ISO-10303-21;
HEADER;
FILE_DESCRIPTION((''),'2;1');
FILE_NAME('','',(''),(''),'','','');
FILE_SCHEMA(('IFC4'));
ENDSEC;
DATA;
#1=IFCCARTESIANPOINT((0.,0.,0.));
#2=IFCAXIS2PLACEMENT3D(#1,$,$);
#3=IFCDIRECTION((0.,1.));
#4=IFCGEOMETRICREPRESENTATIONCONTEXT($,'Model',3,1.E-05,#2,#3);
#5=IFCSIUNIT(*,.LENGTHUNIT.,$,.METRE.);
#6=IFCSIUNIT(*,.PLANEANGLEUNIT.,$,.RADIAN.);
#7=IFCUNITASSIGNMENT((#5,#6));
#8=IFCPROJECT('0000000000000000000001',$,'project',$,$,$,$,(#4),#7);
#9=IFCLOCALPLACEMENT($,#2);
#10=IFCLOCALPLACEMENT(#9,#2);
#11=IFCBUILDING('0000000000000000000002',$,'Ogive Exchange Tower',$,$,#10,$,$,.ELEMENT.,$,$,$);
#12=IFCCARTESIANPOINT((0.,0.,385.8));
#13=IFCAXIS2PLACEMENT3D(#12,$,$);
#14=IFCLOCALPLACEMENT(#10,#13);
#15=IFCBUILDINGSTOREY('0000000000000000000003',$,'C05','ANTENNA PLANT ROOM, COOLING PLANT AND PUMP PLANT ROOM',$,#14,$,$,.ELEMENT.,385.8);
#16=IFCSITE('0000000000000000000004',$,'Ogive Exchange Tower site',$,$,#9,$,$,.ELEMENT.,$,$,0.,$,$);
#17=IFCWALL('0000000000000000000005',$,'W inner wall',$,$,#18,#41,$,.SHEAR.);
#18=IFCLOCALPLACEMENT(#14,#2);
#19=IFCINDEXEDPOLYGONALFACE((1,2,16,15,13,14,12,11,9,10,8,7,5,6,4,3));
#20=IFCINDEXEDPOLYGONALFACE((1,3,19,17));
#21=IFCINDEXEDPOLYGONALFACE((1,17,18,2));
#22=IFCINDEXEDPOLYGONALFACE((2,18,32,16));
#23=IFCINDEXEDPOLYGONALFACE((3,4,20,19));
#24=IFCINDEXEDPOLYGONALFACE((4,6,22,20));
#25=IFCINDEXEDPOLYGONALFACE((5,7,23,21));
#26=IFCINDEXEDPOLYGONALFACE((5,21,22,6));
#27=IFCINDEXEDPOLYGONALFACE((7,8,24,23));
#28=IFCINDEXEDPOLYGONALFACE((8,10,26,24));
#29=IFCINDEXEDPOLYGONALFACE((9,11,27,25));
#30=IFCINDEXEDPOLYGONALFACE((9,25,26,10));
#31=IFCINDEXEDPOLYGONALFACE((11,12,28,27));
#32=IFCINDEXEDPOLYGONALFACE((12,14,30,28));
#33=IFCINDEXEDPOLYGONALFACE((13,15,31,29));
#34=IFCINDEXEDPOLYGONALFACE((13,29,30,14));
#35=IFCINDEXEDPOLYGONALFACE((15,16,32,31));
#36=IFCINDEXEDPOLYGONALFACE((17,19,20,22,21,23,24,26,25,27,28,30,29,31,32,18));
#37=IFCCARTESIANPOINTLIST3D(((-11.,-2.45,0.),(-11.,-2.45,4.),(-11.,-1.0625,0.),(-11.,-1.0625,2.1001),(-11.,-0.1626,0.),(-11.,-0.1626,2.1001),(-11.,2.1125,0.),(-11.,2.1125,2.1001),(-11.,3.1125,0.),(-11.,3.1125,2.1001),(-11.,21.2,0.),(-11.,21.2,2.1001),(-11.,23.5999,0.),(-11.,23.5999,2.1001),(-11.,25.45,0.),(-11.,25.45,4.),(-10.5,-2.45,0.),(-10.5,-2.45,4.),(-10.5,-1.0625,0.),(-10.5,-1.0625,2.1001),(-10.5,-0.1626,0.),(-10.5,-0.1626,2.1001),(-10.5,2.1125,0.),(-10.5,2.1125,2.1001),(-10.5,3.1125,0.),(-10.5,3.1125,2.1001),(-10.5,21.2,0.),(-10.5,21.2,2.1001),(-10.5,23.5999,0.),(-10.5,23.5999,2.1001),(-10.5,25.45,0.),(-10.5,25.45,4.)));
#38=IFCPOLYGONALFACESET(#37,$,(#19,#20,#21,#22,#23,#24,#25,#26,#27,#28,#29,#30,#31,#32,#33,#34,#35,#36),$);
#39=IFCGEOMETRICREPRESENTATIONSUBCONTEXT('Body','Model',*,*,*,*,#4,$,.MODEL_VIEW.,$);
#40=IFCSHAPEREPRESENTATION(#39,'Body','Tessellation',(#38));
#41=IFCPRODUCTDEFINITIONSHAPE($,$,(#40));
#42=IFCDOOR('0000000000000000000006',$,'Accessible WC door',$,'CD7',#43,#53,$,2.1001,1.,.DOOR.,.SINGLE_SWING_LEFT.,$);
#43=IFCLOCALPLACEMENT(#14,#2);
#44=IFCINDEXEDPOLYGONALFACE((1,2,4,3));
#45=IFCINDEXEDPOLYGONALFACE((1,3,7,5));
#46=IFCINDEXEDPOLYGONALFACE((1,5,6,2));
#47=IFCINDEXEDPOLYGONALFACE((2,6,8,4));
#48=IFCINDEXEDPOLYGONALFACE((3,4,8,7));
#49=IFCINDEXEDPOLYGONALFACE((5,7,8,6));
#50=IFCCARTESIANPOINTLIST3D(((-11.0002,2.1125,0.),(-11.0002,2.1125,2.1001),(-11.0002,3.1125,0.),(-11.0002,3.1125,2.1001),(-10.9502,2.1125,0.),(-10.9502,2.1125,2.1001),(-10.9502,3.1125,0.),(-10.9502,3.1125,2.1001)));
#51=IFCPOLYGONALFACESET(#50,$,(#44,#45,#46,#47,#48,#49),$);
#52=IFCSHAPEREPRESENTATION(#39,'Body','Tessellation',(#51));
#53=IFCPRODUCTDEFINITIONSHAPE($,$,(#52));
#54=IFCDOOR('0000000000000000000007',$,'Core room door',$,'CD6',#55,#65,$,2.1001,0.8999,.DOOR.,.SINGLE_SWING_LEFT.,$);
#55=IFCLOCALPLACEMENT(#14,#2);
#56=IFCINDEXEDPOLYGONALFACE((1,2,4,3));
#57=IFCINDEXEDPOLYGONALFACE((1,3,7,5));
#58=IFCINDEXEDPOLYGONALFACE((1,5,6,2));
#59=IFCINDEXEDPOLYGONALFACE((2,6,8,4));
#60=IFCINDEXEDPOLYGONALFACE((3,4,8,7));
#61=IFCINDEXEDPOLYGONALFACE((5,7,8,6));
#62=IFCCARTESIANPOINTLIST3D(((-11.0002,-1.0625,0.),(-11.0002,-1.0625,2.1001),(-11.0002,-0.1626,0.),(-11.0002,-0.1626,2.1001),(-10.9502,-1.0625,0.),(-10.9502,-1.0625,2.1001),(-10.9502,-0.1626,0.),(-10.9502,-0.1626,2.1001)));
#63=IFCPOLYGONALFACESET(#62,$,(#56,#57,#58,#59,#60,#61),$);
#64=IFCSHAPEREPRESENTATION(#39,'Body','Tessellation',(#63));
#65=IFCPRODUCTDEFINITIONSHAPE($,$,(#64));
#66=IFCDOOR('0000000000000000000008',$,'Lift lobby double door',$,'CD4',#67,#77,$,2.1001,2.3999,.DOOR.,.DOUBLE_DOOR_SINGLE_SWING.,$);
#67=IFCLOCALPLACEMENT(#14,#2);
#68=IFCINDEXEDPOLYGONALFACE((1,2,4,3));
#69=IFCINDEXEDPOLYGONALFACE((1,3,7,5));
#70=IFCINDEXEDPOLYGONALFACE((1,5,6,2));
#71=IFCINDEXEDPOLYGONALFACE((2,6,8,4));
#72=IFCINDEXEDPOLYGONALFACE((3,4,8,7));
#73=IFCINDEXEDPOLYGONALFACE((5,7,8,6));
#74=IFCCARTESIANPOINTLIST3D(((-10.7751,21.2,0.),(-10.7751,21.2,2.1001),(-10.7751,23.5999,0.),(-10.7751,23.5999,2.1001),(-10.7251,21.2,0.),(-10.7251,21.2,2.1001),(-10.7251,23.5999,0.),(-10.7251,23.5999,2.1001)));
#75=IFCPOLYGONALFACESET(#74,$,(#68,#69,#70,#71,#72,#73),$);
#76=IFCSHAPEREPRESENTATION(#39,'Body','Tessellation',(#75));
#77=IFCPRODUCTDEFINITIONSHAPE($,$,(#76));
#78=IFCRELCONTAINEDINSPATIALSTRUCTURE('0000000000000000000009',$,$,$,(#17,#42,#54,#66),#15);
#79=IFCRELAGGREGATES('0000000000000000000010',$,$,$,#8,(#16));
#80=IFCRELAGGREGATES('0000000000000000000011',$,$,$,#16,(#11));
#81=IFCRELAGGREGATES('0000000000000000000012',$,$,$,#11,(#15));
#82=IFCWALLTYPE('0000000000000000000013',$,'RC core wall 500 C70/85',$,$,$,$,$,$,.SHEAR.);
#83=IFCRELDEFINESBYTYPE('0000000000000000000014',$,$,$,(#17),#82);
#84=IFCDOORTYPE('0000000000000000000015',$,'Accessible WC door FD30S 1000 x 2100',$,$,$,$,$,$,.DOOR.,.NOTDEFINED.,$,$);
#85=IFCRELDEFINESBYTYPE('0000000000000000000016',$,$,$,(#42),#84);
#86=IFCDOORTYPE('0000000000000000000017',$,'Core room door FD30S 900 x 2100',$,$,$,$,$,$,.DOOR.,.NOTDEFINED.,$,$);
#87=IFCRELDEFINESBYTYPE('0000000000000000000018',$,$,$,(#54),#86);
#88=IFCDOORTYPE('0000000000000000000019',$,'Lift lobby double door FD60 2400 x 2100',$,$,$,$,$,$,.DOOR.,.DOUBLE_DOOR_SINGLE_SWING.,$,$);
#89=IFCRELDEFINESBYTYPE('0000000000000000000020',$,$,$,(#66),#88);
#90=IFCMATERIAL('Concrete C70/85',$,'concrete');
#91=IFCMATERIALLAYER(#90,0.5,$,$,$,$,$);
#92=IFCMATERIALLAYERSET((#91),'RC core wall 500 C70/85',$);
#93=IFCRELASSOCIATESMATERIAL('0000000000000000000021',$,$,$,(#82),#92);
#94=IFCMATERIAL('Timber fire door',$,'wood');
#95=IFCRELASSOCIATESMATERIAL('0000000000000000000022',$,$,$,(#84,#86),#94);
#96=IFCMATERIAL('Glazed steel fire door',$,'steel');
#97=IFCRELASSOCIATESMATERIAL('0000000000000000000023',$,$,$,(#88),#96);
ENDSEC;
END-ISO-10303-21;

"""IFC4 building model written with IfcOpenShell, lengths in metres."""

from ifc_helpers import new_model, si_unit, direction, frame, frame_2d, origin, place, context, subcontext, project, spatial, rectangle, extrude, material, layer, layer_set, type_object, element, fill, save


model = new_model("IFC4")

# Units and contexts
model_context = context("Model", 3, precision=1e-05, world=origin(), true_north=direction((0.0, 1.0)))
body_context = subcontext(model_context, "Body", "Model", "MODEL_VIEW")
ifc_project = project(units=[si_unit("LENGTHUNIT", "METRE"), si_unit("PLANEANGLEUNIT", "RADIAN")], contexts=[model_context])

# Site, building, storey
site_placement = place(None, origin())
site = spatial("IfcSite", under=ifc_project, at=site_placement, Name="Ogive Exchange Tower site", CompositionType="ELEMENT", RefElevation=0.0)
building_placement = place(site_placement, origin())
building = spatial("IfcBuilding", under=site, at=building_placement, Name="Ogive Exchange Tower", CompositionType="ELEMENT")
storey_placement = place(building_placement, frame((0.0, 0.0, 385.8)))
storey = spatial("IfcBuildingStorey", under=building, at=storey_placement, Name="C05", Description="ANTENNA PLANT ROOM, COOLING PLANT AND PUMP PLANT ROOM", CompositionType="ELEMENT", Elevation=385.8)

# Wall, openings, doors
ifc_material_1 = material(Name="Concrete C70/85", Category="concrete")
ifc_layer_1 = layer(ifc_material_1, 0.5)
ifc_layer_set_1 = layer_set([ifc_layer_1], Name="RC core wall 500 C70/85")
wall_type_1 = type_object("IfcWallType", Name="RC core wall 500 C70/85", PredefinedType="SHEAR", material=ifc_layer_set_1)
wall_1_placement = place(storey_placement, frame((-10.75, -2.45, 0.0), z_axis=(0.0, 0.0, 1.0), x_axis=(0.0, 1.0, 0.0)))
wall_1 = element("IfcWall", 1, at=wall_1_placement, inside=storey, type_object=wall_type_1, Name="W inner wall", PredefinedType="SHEAR", context=body_context, shape_type="SweptSolid", body=[
    extrude(rectangle(XDim=27.8999, YDim=0.5, at=frame_2d((13.95, 0.0))), origin(), (0.0, 0.0, 1.0), 4.0),
])
opening_1_placement = place(wall_1_placement, frame((23.6499, 0.0, 0.0)))
opening_1 = element("IfcOpeningElement", 2, at=opening_1_placement, cuts=wall_1, PredefinedType="OPENING", context=body_context, shape_type="SweptSolid", body=[
    extrude(rectangle(XDim=2.3999, YDim=2.1001, at=frame_2d((1.2, 1.05))), frame((0.0, 0.26, 0.0), z_axis=(0.0, -1.0, 0.0), x_axis=(1.0, 0.0, 0.0)), (0.0, 0.0, 1.0), 0.52),
])
opening_2_placement = place(wall_1_placement, frame((1.3875, 0.0, 0.0)))
opening_2 = element("IfcOpeningElement", 3, at=opening_2_placement, cuts=wall_1, PredefinedType="OPENING", context=body_context, shape_type="SweptSolid", body=[
    extrude(rectangle(XDim=0.8999, YDim=2.1001, at=frame_2d((0.45, 1.05))), frame((0.0, 0.26, 0.0), z_axis=(0.0, -1.0, 0.0), x_axis=(1.0, 0.0, 0.0)), (0.0, 0.0, 1.0), 0.52),
])
opening_3_placement = place(wall_1_placement, frame((4.5625, 0.0, 0.0)))
opening_3 = element("IfcOpeningElement", 4, at=opening_3_placement, cuts=wall_1, PredefinedType="OPENING", context=body_context, shape_type="SweptSolid", body=[
    extrude(rectangle(XDim=1.0, YDim=2.1001, at=frame_2d((0.5, 1.05))), frame((0.0, 0.26, 0.0), z_axis=(0.0, -1.0, 0.0), x_axis=(1.0, 0.0, 0.0)), (0.0, 0.0, 1.0), 0.52),
])
ifc_material_2 = material(Name="Timber fire door", Category="wood")
door_type_1 = type_object("IfcDoorType", Name="Accessible WC door FD30S 1000 x 2100", OperationType="NOTDEFINED", PredefinedType="DOOR", material=ifc_material_2)
door_1_placement = place(opening_3_placement, frame((1.0, 0.4502, 0.0), z_axis=(0.0, 0.0, 1.0), x_axis=(-1.0, 0.0, 0.0)))
door_1 = element("IfcDoor", 5, at=door_1_placement, inside=storey, type_object=door_type_1, Name="Accessible WC door", ObjectType="CD7", OperationType="SINGLE_SWING_LEFT", OverallHeight=2.1001, OverallWidth=1.0, PredefinedType="DOOR", context=body_context, shape_type="SweptSolid", body=[
    extrude(rectangle(XDim=1.0, YDim=2.1001, at=frame_2d((0.5, 1.05))), frame((0.0, 0.25, 0.0), z_axis=(0.0, -1.0, 0.0), x_axis=(1.0, 0.0, 0.0)), (0.0, 0.0, 1.0), 0.05),
])
fill(opening_3, door_1)
door_type_2 = type_object("IfcDoorType", Name="Core room door FD30S 900 x 2100", OperationType="NOTDEFINED", PredefinedType="DOOR", material=ifc_material_2)
door_2_placement = place(opening_2_placement, frame((0.8999, 0.4502, 0.0), z_axis=(0.0, 0.0, 1.0), x_axis=(-1.0, 0.0, 0.0)))
door_2 = element("IfcDoor", 6, at=door_2_placement, inside=storey, type_object=door_type_2, Name="Core room door", ObjectType="CD6", OperationType="SINGLE_SWING_LEFT", OverallHeight=2.1001, OverallWidth=0.8999, PredefinedType="DOOR", context=body_context, shape_type="SweptSolid", body=[
    extrude(rectangle(XDim=0.8999, YDim=2.1001, at=frame_2d((0.45, 1.05))), frame((0.0, 0.25, 0.0), z_axis=(0.0, -1.0, 0.0), x_axis=(1.0, 0.0, 0.0)), (0.0, 0.0, 1.0), 0.05),
])
fill(opening_2, door_2)
ifc_material_3 = material(Name="Glazed steel fire door", Category="steel")
door_type_3 = type_object("IfcDoorType", Name="Lift lobby double door FD60 2400 x 2100", OperationType="DOUBLE_DOOR_SINGLE_SWING", PredefinedType="DOOR", material=ifc_material_3)
door_3_placement = place(opening_1_placement, frame((2.3999, 0.0, 0.0), z_axis=(0.0, 0.0, 1.0), x_axis=(-1.0, 0.0, 0.0)))
door_3 = element("IfcDoor", 7, at=door_3_placement, inside=storey, type_object=door_type_3, Name="Lift lobby double door", ObjectType="CD4", OperationType="DOUBLE_DOOR_SINGLE_SWING", OverallHeight=2.1001, OverallWidth=2.3999, PredefinedType="DOOR", context=body_context, shape_type="SweptSolid", body=[
    extrude(rectangle(XDim=2.3999, YDim=2.1001, at=frame_2d((1.2, 1.05))), frame((0.0, 0.0249, 0.0), z_axis=(0.0, -1.0, 0.0), x_axis=(1.0, 0.0, 0.0)), (0.0, 0.0, 1.0), 0.05),
])
fill(opening_1, door_3)

save(model, "model.ifc")
